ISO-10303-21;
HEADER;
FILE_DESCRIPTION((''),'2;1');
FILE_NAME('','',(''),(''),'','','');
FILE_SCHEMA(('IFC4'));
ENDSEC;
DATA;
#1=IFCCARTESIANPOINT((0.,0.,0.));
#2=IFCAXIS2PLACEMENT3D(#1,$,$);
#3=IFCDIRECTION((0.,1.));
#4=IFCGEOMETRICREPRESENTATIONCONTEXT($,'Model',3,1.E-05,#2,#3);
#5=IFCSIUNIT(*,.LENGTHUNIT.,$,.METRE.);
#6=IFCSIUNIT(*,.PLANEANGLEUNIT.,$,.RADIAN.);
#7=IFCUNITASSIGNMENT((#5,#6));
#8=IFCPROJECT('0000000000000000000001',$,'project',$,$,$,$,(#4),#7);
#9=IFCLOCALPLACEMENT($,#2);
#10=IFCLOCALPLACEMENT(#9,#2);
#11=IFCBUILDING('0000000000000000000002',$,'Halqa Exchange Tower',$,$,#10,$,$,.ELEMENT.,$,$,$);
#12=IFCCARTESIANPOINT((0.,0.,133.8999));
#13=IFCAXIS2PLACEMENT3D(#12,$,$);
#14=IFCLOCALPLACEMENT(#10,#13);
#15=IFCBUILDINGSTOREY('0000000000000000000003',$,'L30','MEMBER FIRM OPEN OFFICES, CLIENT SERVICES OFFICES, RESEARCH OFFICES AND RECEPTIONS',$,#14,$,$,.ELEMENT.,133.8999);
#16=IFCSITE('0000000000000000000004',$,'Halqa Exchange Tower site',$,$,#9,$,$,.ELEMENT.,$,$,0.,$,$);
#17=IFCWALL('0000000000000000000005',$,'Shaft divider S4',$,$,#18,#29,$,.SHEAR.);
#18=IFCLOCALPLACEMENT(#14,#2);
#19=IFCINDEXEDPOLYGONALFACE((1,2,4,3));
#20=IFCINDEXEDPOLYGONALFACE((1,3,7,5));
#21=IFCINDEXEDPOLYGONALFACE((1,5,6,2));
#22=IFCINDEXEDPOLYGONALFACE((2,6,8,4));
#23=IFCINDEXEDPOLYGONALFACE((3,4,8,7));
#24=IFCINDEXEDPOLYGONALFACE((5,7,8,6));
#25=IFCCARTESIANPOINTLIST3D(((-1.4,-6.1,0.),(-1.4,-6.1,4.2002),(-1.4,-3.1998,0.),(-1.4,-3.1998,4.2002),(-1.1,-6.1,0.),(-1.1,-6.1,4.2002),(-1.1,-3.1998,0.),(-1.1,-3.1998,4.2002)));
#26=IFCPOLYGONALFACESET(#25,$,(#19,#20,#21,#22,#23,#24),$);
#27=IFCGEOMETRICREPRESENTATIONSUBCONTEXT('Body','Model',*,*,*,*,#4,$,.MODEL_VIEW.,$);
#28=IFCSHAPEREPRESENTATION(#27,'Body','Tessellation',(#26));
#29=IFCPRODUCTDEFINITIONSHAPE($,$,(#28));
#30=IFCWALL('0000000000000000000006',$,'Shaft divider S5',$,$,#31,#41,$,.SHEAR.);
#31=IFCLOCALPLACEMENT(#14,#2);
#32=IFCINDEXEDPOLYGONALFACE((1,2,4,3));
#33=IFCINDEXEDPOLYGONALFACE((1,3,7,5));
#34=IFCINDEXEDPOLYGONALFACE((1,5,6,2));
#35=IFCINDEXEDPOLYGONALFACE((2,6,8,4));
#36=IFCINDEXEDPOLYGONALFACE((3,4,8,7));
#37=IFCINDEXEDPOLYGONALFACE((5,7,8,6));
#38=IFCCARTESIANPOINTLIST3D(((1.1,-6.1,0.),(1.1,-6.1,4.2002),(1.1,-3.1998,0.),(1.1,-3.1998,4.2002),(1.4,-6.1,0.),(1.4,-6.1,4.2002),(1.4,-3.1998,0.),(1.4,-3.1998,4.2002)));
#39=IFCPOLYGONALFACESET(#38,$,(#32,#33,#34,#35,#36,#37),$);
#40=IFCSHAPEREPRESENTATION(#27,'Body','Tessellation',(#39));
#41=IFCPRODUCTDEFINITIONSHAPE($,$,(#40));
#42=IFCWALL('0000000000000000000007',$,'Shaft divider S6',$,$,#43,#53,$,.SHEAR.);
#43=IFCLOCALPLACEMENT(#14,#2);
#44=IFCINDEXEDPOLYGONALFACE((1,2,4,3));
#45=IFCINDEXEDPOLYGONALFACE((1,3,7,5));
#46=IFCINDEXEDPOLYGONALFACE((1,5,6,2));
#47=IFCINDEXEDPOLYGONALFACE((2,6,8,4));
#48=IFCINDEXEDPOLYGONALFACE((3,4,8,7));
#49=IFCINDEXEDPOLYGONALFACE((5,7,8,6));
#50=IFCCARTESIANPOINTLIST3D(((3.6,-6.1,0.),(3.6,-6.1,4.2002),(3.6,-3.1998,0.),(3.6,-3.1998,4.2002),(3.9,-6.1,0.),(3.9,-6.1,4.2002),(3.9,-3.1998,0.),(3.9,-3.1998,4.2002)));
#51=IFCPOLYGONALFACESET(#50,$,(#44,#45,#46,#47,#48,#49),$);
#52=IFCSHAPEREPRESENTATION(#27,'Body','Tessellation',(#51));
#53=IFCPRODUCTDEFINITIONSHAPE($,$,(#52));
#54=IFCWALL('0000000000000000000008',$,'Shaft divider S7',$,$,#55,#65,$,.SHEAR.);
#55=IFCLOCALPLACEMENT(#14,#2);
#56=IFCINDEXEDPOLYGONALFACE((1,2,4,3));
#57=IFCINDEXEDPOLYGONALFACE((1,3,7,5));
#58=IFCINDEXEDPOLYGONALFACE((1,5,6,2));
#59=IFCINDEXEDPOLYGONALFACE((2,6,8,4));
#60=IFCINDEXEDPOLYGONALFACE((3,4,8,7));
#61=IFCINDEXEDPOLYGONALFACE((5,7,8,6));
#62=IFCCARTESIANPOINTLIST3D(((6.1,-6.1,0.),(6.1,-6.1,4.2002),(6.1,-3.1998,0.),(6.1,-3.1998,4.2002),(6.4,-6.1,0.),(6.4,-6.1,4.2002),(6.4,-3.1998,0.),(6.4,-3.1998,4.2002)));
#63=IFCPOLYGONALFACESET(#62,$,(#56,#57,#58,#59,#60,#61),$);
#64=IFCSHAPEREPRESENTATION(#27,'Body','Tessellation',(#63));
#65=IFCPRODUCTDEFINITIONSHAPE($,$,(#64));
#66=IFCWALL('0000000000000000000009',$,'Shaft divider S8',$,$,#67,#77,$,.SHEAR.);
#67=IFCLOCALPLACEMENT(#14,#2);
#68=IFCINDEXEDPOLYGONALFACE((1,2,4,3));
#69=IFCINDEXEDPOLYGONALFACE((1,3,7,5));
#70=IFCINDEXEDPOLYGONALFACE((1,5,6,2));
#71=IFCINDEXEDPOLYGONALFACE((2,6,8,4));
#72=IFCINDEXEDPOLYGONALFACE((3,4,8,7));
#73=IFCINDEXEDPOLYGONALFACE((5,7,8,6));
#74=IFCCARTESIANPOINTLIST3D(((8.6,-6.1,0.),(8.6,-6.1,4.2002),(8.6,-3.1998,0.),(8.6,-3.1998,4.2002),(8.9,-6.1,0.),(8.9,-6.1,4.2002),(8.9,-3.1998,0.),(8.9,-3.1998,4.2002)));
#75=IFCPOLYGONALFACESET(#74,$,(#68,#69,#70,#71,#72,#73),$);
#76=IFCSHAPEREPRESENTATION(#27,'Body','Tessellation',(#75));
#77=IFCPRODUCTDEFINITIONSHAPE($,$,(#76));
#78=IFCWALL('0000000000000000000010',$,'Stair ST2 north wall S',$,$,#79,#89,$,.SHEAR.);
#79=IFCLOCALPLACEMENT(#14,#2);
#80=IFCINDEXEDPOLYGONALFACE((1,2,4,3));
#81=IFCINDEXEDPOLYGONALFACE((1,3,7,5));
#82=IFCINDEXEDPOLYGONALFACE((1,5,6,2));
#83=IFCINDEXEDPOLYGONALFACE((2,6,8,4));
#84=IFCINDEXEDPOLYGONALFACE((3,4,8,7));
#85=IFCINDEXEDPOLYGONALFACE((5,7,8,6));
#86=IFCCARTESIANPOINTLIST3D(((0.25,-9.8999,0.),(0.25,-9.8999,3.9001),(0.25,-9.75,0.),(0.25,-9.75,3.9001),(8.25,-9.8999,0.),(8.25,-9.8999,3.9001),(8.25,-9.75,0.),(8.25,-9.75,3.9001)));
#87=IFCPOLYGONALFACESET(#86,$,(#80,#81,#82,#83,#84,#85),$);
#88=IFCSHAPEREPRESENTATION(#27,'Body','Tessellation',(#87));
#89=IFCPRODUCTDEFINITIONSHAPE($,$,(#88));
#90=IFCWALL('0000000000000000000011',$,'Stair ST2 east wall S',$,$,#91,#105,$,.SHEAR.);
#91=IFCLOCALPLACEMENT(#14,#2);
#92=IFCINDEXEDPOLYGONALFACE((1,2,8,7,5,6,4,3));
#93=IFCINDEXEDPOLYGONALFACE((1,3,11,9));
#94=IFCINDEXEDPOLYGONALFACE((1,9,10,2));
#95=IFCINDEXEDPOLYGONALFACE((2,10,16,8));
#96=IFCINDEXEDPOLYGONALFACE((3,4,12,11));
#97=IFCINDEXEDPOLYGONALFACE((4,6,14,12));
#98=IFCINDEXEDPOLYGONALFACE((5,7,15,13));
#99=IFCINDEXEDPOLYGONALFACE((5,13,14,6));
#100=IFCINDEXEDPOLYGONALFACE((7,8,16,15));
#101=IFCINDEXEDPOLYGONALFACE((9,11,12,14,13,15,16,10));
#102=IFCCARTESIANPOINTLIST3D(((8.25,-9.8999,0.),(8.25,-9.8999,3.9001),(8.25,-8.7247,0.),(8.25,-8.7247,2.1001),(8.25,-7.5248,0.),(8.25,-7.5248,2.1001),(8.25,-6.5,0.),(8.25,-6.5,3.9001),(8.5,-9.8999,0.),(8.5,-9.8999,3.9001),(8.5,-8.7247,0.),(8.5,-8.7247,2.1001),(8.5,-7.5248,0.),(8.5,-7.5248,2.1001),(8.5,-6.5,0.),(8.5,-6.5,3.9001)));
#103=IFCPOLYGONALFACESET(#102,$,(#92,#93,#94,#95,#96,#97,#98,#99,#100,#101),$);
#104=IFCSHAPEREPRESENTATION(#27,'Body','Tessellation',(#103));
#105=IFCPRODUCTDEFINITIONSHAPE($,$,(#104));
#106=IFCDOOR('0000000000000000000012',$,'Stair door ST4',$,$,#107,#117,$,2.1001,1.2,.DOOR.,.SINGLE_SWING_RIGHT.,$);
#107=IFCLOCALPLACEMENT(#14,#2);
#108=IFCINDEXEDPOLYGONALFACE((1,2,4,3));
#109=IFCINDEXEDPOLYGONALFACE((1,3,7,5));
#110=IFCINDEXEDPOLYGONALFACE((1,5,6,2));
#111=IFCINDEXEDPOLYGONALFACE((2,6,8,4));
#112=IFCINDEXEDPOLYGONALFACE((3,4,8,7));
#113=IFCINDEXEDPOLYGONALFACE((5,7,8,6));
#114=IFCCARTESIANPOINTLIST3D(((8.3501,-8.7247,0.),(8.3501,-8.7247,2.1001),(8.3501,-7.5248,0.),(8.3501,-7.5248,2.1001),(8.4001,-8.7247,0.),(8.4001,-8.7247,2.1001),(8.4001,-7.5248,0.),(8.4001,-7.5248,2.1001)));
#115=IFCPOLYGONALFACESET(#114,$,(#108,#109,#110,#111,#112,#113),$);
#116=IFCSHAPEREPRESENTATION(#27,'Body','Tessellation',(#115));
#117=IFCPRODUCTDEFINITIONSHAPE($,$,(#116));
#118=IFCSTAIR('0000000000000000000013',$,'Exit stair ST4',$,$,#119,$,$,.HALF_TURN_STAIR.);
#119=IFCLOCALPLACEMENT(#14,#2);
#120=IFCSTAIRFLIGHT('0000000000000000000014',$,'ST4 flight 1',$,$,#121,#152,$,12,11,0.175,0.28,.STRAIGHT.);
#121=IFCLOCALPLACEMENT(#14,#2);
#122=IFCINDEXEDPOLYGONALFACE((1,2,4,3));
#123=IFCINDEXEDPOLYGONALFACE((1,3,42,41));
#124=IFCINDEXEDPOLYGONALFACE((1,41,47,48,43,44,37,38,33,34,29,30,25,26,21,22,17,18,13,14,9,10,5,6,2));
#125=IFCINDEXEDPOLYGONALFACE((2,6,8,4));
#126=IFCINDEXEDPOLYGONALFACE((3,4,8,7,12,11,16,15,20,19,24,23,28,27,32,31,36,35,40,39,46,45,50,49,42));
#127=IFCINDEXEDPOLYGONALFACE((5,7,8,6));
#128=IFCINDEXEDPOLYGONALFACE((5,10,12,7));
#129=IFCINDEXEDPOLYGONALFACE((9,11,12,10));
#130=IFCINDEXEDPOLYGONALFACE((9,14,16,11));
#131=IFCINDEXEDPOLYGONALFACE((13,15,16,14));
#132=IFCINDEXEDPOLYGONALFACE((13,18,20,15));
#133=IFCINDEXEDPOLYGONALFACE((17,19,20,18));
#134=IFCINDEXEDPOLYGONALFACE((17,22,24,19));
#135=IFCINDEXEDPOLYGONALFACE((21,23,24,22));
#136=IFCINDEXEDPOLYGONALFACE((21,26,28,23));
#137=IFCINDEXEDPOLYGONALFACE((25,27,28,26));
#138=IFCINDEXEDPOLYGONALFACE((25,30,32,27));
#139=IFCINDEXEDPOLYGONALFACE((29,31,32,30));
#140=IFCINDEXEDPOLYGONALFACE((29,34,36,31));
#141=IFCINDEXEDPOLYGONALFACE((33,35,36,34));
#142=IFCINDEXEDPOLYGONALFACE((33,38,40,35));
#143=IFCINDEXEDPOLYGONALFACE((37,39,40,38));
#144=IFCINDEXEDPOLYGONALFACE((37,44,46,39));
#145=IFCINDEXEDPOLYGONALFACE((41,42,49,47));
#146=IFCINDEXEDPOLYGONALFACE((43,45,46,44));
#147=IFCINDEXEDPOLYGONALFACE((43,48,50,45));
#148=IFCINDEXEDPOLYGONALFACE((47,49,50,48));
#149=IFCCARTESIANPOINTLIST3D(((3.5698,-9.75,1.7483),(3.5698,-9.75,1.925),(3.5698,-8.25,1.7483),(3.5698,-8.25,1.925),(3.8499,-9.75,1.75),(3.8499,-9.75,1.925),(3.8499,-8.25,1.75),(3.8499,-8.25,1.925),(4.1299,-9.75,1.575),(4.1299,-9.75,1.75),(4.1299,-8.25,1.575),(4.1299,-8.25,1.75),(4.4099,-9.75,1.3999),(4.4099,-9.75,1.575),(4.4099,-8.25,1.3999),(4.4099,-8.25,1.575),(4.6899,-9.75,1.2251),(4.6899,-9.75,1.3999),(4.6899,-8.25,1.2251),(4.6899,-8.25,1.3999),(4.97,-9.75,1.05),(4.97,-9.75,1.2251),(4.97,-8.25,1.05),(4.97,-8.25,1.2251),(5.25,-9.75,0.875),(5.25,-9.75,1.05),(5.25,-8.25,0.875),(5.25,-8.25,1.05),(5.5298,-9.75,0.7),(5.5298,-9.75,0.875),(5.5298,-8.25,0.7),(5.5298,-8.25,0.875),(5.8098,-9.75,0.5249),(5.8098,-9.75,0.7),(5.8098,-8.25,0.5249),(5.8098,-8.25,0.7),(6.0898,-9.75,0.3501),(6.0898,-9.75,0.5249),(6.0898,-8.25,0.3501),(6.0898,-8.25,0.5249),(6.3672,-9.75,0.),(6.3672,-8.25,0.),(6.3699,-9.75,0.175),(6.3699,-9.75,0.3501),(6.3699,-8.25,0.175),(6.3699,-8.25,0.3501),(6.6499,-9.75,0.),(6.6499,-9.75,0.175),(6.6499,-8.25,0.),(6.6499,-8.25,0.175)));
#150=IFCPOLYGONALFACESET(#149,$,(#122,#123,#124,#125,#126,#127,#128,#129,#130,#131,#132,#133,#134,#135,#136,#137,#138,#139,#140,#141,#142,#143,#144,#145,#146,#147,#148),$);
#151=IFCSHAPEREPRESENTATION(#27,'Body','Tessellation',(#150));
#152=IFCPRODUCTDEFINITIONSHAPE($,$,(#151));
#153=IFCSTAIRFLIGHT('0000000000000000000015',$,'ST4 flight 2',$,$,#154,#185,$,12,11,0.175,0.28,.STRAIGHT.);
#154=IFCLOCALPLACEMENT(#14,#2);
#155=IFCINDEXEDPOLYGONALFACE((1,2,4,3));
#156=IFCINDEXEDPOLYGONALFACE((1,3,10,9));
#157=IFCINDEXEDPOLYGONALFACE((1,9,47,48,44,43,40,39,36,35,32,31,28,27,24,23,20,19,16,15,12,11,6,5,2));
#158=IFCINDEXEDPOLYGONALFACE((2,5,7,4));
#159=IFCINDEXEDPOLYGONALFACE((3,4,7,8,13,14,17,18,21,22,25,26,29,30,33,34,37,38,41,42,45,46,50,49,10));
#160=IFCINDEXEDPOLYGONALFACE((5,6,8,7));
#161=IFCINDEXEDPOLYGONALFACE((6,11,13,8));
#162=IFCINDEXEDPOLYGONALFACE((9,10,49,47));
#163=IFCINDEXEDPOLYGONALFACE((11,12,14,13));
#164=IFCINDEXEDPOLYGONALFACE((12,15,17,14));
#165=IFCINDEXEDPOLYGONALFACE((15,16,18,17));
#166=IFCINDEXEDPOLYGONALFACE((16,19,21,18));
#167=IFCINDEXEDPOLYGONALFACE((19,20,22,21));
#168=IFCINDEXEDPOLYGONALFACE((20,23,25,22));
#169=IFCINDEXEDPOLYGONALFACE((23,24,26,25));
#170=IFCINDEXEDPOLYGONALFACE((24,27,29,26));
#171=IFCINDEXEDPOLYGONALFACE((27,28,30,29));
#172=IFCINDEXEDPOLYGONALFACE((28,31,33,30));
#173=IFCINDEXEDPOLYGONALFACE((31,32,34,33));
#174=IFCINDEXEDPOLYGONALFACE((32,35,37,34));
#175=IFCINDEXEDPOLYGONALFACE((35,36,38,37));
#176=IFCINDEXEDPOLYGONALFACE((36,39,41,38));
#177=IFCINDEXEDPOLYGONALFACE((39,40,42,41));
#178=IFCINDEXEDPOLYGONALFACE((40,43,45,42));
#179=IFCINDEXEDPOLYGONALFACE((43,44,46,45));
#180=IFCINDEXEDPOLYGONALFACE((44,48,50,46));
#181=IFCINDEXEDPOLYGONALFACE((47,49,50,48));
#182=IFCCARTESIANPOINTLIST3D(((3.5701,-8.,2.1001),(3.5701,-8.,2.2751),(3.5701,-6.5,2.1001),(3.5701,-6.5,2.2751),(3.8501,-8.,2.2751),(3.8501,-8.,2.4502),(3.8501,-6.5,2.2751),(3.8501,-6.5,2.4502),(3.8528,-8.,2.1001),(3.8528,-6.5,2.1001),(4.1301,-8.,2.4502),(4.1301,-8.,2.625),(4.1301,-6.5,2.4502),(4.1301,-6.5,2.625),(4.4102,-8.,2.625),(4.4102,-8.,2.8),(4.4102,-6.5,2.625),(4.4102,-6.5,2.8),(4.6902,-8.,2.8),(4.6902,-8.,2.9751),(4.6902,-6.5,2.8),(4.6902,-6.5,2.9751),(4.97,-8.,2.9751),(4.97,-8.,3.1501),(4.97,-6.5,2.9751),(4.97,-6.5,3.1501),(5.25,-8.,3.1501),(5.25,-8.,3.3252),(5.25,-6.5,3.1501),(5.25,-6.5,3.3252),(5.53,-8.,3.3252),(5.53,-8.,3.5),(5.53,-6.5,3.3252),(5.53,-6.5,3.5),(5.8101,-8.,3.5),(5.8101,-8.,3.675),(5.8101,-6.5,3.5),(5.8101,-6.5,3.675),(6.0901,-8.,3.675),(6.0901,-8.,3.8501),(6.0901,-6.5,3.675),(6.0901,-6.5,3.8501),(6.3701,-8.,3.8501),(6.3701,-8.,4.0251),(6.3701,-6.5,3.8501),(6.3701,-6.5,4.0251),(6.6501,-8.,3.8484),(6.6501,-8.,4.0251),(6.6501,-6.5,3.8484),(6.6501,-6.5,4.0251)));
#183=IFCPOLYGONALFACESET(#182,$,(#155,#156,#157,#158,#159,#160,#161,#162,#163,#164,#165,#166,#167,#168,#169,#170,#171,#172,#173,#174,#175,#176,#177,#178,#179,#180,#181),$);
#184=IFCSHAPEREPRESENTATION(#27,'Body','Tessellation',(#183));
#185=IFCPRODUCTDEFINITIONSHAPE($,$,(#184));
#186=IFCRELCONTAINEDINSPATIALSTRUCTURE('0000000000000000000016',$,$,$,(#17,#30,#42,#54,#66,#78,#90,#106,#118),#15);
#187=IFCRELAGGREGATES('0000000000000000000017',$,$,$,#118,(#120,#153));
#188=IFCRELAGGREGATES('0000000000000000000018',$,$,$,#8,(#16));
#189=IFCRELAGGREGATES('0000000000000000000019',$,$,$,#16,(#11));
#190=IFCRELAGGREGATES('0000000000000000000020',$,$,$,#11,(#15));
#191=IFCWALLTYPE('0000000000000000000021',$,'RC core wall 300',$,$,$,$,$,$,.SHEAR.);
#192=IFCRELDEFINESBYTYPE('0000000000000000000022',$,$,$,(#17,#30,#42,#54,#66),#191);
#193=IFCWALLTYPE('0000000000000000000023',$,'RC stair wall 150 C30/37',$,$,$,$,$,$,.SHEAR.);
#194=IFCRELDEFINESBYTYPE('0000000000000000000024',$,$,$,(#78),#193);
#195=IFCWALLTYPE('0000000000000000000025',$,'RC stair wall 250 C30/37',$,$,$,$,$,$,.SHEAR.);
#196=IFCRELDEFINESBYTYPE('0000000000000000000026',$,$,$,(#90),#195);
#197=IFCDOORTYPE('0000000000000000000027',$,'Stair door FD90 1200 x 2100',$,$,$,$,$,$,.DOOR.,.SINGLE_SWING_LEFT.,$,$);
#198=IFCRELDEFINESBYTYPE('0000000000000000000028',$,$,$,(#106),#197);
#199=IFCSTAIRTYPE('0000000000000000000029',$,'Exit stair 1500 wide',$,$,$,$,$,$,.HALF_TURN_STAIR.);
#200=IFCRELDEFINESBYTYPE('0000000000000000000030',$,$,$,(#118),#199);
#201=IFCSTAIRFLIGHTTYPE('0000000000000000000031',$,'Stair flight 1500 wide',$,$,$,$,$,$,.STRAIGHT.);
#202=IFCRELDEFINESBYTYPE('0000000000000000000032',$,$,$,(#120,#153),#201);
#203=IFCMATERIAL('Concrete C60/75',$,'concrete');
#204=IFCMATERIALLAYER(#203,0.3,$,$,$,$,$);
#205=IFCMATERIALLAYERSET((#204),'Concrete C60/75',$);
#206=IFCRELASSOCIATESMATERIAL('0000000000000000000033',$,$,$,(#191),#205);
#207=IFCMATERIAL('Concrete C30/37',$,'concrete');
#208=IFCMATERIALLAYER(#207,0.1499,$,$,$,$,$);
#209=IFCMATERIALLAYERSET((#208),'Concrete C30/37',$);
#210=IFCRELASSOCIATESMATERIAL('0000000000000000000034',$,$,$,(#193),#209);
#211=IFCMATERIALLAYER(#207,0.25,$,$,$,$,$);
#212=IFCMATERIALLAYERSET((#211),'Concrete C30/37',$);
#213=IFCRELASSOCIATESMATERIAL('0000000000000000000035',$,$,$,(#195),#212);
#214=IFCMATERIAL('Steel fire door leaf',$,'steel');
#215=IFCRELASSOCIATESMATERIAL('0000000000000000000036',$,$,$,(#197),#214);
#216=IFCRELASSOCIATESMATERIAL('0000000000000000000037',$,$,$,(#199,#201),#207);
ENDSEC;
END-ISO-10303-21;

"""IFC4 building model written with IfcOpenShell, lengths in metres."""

from ifc_helpers import new_model, si_unit, direction, frame, frame_2d, origin, place, context, subcontext, project, spatial, polyline, rectangle, outline, extrude, material, layer, layer_set, type_object, element, fill, aggregate, save


model = new_model("IFC4")

# Units and contexts
model_context = context("Model", 3, precision=1e-05, world=origin(), true_north=direction((0.0, 1.0)))
body_context = subcontext(model_context, "Body", "Model", "MODEL_VIEW")
ifc_project = project(units=[si_unit("LENGTHUNIT", "METRE"), si_unit("PLANEANGLEUNIT", "RADIAN")], contexts=[model_context])

# Site, building, storey
site_placement = place(None, origin())
site = spatial("IfcSite", under=ifc_project, at=site_placement, Name="Halqa Exchange Tower site", CompositionType="ELEMENT", RefElevation=0.0)
building_placement = place(site_placement, origin())
building = spatial("IfcBuilding", under=site, at=building_placement, Name="Halqa Exchange Tower", CompositionType="ELEMENT")
storey_placement = place(building_placement, frame((0.0, 0.0, 133.8999)))
storey = spatial("IfcBuildingStorey", under=building, at=storey_placement, Name="L30", Description="MEMBER FIRM OPEN OFFICES, CLIENT SERVICES OFFICES, RESEARCH OFFICES AND RECEPTIONS", CompositionType="ELEMENT", Elevation=133.8999)

# Walls
ifc_material_1 = material(Name="Concrete C60/75", Category="concrete")
ifc_layer_1 = layer(ifc_material_1, 0.3)
ifc_layer_set_1 = layer_set([ifc_layer_1], Name="Concrete C60/75")
wall_type_1 = type_object("IfcWallType", Name="RC core wall 300", PredefinedType="SHEAR", material=ifc_layer_set_1)
for number, where, z_axis, x_axis, name in (
    (1, (-1.25, -6.1001, 0.0), (0.0, 0.0, 1.0), (0.0, 1.0, 0.0), "Shaft divider S4"),
    (2, (1.25, -6.1001, 0.0), (0.0, 0.0, 1.0), (0.0, 1.0, 0.0), "Shaft divider S5"),
    (3, (3.75, -6.1001, 0.0), (0.0, 0.0, 1.0), (0.0, 1.0, 0.0), "Shaft divider S6"),
    (4, (6.25, -6.1001, 0.0), (0.0, 0.0, 1.0), (0.0, 1.0, 0.0), "Shaft divider S7"),
    (5, (8.75, -6.1001, 0.0), (0.0, 0.0, 1.0), (0.0, 1.0, 0.0), "Shaft divider S8"),
):
    element("IfcWall", number, at=place(storey_placement, frame(where, z_axis=z_axis, x_axis=x_axis)), inside=storey, type_object=wall_type_1, Name=name, PredefinedType="SHEAR", context=body_context, shape_type="SweptSolid", body=[
        extrude(rectangle(XDim=2.9001, YDim=0.3, at=frame_2d((1.4502, 0.0))), origin(), (0.0, 0.0, 1.0), 4.2002),
    ])
ifc_material_2 = material(Name="Concrete C30/37", Category="concrete")
ifc_layer_2 = layer(ifc_material_2, 0.1499)
ifc_layer_set_2 = layer_set([ifc_layer_2], Name="Concrete C30/37")
wall_type_2 = type_object("IfcWallType", Name="RC stair wall 150 C30/37", PredefinedType="SHEAR", material=ifc_layer_set_2)
wall_1_placement = place(storey_placement, frame((0.25, -9.825, 0.0), z_axis=(0.0, 0.0, 1.0), x_axis=(1.0, 0.0, 0.0)))
element("IfcWall", 6, at=wall_1_placement, inside=storey, type_object=wall_type_2, Name="Stair ST2 north wall S", PredefinedType="SHEAR", context=body_context, shape_type="SweptSolid", body=[
    extrude(rectangle(XDim=8.0, YDim=0.1499, at=frame_2d((4.0, 0.0))), origin(), (0.0, 0.0, 1.0), 3.9001),
])

# Wall, opening, door
ifc_layer_3 = layer(ifc_material_2, 0.25)
ifc_layer_set_3 = layer_set([ifc_layer_3], Name="Concrete C30/37")
wall_type_3 = type_object("IfcWallType", Name="RC stair wall 250 C30/37", PredefinedType="SHEAR", material=ifc_layer_set_3)
wall_2_placement = place(storey_placement, frame((8.375, -9.8999, 0.0), z_axis=(0.0, 0.0, 1.0), x_axis=(0.0, 1.0, 0.0)))
wall_2 = element("IfcWall", 7, at=wall_2_placement, inside=storey, type_object=wall_type_3, Name="Stair ST2 east wall S", PredefinedType="SHEAR", context=body_context, shape_type="SweptSolid", body=[
    extrude(rectangle(XDim=3.3999, YDim=0.25, at=frame_2d((1.7, 0.0))), origin(), (0.0, 0.0, 1.0), 3.9001),
])
opening_placement = place(wall_2_placement, frame((1.175, 0.0, 0.0)))
opening = element("IfcOpeningElement", 8, at=opening_placement, cuts=wall_2, PredefinedType="OPENING", context=body_context, shape_type="SweptSolid", body=[
    extrude(rectangle(XDim=1.2, YDim=2.1001, at=frame_2d((0.6001, 1.05))), frame((0.0, 0.137, 0.0), z_axis=(0.0, -1.0, 0.0), x_axis=(1.0, 0.0, 0.0)), (0.0, 0.0, 1.0), 0.2739),
])
ifc_material_3 = material(Name="Steel fire door leaf", Category="steel")
door_type = type_object("IfcDoorType", Name="Stair door FD90 1200 x 2100", OperationType="SINGLE_SWING_LEFT", PredefinedType="DOOR", material=ifc_material_3)
door_placement = place(opening_placement, origin())
door = element("IfcDoor", 9, at=door_placement, inside=storey, type_object=door_type, Name="Stair door ST4", OperationType="SINGLE_SWING_RIGHT", OverallHeight=2.1001, OverallWidth=1.2, PredefinedType="DOOR", context=body_context, shape_type="SweptSolid", body=[
    extrude(rectangle(XDim=1.2, YDim=2.1001, at=frame_2d((0.6001, 1.05))), frame((0.0, 0.0249, 0.0), z_axis=(0.0, -1.0, 0.0), x_axis=(1.0, 0.0, 0.0)), (0.0, 0.0, 1.0), 0.05),
])
fill(opening, door)

# Stair, stair flights
stair_type = type_object("IfcStairType", Name="Exit stair 1500 wide", PredefinedType="HALF_TURN_STAIR", material=ifc_material_2)
stair_placement = place(storey_placement, origin())
stair = element("IfcStair", 10, at=stair_placement, inside=storey, type_object=stair_type, Name="Exit stair ST4", PredefinedType="HALF_TURN_STAIR")
stair_flight_type = type_object("IfcStairFlightType", Name="Stair flight 1500 wide", PredefinedType="STRAIGHT", material=ifc_material_2)
stair_flight_1_placement = place(storey_placement, frame((6.6499, -9.0, 0.0), z_axis=(0.0, 0.0, 1.0), x_axis=(-1.0, 0.0, 0.0)))
stair_flight_1 = element("IfcStairFlight", 11, at=stair_flight_1_placement, type_object=stair_flight_type, Name="ST4 flight 1", NumberOfRisers=12, NumberOfTreads=11, PredefinedType="STRAIGHT", RiserHeight=0.175, TreadLength=0.28, context=body_context, shape_type="SweptSolid", body=[
    extrude(outline(polyline([(0.0, 0.0), (0.0, 0.175), (0.28, 0.175), (0.28, 0.3501), (0.5601, 0.3501), (0.5601, 0.5249), (0.8401, 0.5249), (0.8401, 0.7), (1.1201, 0.7), (1.1201, 0.875), (1.3999, 0.875), (1.3999, 1.05), (1.6799, 1.05), (1.6799, 1.2251), (1.96, 1.2251), (1.96, 1.3999), (2.24, 1.3999), (2.24, 1.575), (2.52, 1.575), (2.52, 1.75), (2.8, 1.75), (2.8, 1.925), (3.0801, 1.925), (3.0801, 2.1001), (3.0801, 1.7483), (0.2827, 0.0), (0.0, 0.0)])), frame((0.0, 0.75, 0.0), z_axis=(0.0, -1.0, 0.0), x_axis=(1.0, 0.0, 0.0)), (0.0, 0.0, 1.0), 1.5),
])
stair_flight_2_placement = place(storey_placement, frame((3.5701, -7.25, 2.1001), z_axis=(0.0, 0.0, 1.0), x_axis=(1.0, 0.0, 0.0)))
stair_flight_2 = element("IfcStairFlight", 12, at=stair_flight_2_placement, type_object=stair_flight_type, Name="ST4 flight 2", NumberOfRisers=12, NumberOfTreads=11, PredefinedType="STRAIGHT", RiserHeight=0.175, TreadLength=0.28, context=body_context, shape_type="SweptSolid", body=[
    extrude(outline(polyline([(0.0, 0.0), (0.0, 0.175), (0.28, 0.175), (0.28, 0.3501), (0.5601, 0.3501), (0.5601, 0.5249), (0.8401, 0.5249), (0.8401, 0.7), (1.1201, 0.7), (1.1201, 0.875), (1.3999, 0.875), (1.3999, 1.05), (1.6799, 1.05), (1.6799, 1.2251), (1.96, 1.2251), (1.96, 1.3999), (2.24, 1.3999), (2.24, 1.575), (2.52, 1.575), (2.52, 1.75), (2.8, 1.75), (2.8, 1.925), (3.0801, 1.925), (3.0801, 2.1001), (3.0801, 1.7483), (0.2827, 0.0), (0.0, 0.0)])), frame((0.0, 0.75, 0.0), z_axis=(0.0, -1.0, 0.0), x_axis=(1.0, 0.0, 0.0)), (0.0, 0.0, 1.0), 1.5),
])
aggregate(stair, [stair_flight_1, stair_flight_2])

save(model, "model.ifc")
